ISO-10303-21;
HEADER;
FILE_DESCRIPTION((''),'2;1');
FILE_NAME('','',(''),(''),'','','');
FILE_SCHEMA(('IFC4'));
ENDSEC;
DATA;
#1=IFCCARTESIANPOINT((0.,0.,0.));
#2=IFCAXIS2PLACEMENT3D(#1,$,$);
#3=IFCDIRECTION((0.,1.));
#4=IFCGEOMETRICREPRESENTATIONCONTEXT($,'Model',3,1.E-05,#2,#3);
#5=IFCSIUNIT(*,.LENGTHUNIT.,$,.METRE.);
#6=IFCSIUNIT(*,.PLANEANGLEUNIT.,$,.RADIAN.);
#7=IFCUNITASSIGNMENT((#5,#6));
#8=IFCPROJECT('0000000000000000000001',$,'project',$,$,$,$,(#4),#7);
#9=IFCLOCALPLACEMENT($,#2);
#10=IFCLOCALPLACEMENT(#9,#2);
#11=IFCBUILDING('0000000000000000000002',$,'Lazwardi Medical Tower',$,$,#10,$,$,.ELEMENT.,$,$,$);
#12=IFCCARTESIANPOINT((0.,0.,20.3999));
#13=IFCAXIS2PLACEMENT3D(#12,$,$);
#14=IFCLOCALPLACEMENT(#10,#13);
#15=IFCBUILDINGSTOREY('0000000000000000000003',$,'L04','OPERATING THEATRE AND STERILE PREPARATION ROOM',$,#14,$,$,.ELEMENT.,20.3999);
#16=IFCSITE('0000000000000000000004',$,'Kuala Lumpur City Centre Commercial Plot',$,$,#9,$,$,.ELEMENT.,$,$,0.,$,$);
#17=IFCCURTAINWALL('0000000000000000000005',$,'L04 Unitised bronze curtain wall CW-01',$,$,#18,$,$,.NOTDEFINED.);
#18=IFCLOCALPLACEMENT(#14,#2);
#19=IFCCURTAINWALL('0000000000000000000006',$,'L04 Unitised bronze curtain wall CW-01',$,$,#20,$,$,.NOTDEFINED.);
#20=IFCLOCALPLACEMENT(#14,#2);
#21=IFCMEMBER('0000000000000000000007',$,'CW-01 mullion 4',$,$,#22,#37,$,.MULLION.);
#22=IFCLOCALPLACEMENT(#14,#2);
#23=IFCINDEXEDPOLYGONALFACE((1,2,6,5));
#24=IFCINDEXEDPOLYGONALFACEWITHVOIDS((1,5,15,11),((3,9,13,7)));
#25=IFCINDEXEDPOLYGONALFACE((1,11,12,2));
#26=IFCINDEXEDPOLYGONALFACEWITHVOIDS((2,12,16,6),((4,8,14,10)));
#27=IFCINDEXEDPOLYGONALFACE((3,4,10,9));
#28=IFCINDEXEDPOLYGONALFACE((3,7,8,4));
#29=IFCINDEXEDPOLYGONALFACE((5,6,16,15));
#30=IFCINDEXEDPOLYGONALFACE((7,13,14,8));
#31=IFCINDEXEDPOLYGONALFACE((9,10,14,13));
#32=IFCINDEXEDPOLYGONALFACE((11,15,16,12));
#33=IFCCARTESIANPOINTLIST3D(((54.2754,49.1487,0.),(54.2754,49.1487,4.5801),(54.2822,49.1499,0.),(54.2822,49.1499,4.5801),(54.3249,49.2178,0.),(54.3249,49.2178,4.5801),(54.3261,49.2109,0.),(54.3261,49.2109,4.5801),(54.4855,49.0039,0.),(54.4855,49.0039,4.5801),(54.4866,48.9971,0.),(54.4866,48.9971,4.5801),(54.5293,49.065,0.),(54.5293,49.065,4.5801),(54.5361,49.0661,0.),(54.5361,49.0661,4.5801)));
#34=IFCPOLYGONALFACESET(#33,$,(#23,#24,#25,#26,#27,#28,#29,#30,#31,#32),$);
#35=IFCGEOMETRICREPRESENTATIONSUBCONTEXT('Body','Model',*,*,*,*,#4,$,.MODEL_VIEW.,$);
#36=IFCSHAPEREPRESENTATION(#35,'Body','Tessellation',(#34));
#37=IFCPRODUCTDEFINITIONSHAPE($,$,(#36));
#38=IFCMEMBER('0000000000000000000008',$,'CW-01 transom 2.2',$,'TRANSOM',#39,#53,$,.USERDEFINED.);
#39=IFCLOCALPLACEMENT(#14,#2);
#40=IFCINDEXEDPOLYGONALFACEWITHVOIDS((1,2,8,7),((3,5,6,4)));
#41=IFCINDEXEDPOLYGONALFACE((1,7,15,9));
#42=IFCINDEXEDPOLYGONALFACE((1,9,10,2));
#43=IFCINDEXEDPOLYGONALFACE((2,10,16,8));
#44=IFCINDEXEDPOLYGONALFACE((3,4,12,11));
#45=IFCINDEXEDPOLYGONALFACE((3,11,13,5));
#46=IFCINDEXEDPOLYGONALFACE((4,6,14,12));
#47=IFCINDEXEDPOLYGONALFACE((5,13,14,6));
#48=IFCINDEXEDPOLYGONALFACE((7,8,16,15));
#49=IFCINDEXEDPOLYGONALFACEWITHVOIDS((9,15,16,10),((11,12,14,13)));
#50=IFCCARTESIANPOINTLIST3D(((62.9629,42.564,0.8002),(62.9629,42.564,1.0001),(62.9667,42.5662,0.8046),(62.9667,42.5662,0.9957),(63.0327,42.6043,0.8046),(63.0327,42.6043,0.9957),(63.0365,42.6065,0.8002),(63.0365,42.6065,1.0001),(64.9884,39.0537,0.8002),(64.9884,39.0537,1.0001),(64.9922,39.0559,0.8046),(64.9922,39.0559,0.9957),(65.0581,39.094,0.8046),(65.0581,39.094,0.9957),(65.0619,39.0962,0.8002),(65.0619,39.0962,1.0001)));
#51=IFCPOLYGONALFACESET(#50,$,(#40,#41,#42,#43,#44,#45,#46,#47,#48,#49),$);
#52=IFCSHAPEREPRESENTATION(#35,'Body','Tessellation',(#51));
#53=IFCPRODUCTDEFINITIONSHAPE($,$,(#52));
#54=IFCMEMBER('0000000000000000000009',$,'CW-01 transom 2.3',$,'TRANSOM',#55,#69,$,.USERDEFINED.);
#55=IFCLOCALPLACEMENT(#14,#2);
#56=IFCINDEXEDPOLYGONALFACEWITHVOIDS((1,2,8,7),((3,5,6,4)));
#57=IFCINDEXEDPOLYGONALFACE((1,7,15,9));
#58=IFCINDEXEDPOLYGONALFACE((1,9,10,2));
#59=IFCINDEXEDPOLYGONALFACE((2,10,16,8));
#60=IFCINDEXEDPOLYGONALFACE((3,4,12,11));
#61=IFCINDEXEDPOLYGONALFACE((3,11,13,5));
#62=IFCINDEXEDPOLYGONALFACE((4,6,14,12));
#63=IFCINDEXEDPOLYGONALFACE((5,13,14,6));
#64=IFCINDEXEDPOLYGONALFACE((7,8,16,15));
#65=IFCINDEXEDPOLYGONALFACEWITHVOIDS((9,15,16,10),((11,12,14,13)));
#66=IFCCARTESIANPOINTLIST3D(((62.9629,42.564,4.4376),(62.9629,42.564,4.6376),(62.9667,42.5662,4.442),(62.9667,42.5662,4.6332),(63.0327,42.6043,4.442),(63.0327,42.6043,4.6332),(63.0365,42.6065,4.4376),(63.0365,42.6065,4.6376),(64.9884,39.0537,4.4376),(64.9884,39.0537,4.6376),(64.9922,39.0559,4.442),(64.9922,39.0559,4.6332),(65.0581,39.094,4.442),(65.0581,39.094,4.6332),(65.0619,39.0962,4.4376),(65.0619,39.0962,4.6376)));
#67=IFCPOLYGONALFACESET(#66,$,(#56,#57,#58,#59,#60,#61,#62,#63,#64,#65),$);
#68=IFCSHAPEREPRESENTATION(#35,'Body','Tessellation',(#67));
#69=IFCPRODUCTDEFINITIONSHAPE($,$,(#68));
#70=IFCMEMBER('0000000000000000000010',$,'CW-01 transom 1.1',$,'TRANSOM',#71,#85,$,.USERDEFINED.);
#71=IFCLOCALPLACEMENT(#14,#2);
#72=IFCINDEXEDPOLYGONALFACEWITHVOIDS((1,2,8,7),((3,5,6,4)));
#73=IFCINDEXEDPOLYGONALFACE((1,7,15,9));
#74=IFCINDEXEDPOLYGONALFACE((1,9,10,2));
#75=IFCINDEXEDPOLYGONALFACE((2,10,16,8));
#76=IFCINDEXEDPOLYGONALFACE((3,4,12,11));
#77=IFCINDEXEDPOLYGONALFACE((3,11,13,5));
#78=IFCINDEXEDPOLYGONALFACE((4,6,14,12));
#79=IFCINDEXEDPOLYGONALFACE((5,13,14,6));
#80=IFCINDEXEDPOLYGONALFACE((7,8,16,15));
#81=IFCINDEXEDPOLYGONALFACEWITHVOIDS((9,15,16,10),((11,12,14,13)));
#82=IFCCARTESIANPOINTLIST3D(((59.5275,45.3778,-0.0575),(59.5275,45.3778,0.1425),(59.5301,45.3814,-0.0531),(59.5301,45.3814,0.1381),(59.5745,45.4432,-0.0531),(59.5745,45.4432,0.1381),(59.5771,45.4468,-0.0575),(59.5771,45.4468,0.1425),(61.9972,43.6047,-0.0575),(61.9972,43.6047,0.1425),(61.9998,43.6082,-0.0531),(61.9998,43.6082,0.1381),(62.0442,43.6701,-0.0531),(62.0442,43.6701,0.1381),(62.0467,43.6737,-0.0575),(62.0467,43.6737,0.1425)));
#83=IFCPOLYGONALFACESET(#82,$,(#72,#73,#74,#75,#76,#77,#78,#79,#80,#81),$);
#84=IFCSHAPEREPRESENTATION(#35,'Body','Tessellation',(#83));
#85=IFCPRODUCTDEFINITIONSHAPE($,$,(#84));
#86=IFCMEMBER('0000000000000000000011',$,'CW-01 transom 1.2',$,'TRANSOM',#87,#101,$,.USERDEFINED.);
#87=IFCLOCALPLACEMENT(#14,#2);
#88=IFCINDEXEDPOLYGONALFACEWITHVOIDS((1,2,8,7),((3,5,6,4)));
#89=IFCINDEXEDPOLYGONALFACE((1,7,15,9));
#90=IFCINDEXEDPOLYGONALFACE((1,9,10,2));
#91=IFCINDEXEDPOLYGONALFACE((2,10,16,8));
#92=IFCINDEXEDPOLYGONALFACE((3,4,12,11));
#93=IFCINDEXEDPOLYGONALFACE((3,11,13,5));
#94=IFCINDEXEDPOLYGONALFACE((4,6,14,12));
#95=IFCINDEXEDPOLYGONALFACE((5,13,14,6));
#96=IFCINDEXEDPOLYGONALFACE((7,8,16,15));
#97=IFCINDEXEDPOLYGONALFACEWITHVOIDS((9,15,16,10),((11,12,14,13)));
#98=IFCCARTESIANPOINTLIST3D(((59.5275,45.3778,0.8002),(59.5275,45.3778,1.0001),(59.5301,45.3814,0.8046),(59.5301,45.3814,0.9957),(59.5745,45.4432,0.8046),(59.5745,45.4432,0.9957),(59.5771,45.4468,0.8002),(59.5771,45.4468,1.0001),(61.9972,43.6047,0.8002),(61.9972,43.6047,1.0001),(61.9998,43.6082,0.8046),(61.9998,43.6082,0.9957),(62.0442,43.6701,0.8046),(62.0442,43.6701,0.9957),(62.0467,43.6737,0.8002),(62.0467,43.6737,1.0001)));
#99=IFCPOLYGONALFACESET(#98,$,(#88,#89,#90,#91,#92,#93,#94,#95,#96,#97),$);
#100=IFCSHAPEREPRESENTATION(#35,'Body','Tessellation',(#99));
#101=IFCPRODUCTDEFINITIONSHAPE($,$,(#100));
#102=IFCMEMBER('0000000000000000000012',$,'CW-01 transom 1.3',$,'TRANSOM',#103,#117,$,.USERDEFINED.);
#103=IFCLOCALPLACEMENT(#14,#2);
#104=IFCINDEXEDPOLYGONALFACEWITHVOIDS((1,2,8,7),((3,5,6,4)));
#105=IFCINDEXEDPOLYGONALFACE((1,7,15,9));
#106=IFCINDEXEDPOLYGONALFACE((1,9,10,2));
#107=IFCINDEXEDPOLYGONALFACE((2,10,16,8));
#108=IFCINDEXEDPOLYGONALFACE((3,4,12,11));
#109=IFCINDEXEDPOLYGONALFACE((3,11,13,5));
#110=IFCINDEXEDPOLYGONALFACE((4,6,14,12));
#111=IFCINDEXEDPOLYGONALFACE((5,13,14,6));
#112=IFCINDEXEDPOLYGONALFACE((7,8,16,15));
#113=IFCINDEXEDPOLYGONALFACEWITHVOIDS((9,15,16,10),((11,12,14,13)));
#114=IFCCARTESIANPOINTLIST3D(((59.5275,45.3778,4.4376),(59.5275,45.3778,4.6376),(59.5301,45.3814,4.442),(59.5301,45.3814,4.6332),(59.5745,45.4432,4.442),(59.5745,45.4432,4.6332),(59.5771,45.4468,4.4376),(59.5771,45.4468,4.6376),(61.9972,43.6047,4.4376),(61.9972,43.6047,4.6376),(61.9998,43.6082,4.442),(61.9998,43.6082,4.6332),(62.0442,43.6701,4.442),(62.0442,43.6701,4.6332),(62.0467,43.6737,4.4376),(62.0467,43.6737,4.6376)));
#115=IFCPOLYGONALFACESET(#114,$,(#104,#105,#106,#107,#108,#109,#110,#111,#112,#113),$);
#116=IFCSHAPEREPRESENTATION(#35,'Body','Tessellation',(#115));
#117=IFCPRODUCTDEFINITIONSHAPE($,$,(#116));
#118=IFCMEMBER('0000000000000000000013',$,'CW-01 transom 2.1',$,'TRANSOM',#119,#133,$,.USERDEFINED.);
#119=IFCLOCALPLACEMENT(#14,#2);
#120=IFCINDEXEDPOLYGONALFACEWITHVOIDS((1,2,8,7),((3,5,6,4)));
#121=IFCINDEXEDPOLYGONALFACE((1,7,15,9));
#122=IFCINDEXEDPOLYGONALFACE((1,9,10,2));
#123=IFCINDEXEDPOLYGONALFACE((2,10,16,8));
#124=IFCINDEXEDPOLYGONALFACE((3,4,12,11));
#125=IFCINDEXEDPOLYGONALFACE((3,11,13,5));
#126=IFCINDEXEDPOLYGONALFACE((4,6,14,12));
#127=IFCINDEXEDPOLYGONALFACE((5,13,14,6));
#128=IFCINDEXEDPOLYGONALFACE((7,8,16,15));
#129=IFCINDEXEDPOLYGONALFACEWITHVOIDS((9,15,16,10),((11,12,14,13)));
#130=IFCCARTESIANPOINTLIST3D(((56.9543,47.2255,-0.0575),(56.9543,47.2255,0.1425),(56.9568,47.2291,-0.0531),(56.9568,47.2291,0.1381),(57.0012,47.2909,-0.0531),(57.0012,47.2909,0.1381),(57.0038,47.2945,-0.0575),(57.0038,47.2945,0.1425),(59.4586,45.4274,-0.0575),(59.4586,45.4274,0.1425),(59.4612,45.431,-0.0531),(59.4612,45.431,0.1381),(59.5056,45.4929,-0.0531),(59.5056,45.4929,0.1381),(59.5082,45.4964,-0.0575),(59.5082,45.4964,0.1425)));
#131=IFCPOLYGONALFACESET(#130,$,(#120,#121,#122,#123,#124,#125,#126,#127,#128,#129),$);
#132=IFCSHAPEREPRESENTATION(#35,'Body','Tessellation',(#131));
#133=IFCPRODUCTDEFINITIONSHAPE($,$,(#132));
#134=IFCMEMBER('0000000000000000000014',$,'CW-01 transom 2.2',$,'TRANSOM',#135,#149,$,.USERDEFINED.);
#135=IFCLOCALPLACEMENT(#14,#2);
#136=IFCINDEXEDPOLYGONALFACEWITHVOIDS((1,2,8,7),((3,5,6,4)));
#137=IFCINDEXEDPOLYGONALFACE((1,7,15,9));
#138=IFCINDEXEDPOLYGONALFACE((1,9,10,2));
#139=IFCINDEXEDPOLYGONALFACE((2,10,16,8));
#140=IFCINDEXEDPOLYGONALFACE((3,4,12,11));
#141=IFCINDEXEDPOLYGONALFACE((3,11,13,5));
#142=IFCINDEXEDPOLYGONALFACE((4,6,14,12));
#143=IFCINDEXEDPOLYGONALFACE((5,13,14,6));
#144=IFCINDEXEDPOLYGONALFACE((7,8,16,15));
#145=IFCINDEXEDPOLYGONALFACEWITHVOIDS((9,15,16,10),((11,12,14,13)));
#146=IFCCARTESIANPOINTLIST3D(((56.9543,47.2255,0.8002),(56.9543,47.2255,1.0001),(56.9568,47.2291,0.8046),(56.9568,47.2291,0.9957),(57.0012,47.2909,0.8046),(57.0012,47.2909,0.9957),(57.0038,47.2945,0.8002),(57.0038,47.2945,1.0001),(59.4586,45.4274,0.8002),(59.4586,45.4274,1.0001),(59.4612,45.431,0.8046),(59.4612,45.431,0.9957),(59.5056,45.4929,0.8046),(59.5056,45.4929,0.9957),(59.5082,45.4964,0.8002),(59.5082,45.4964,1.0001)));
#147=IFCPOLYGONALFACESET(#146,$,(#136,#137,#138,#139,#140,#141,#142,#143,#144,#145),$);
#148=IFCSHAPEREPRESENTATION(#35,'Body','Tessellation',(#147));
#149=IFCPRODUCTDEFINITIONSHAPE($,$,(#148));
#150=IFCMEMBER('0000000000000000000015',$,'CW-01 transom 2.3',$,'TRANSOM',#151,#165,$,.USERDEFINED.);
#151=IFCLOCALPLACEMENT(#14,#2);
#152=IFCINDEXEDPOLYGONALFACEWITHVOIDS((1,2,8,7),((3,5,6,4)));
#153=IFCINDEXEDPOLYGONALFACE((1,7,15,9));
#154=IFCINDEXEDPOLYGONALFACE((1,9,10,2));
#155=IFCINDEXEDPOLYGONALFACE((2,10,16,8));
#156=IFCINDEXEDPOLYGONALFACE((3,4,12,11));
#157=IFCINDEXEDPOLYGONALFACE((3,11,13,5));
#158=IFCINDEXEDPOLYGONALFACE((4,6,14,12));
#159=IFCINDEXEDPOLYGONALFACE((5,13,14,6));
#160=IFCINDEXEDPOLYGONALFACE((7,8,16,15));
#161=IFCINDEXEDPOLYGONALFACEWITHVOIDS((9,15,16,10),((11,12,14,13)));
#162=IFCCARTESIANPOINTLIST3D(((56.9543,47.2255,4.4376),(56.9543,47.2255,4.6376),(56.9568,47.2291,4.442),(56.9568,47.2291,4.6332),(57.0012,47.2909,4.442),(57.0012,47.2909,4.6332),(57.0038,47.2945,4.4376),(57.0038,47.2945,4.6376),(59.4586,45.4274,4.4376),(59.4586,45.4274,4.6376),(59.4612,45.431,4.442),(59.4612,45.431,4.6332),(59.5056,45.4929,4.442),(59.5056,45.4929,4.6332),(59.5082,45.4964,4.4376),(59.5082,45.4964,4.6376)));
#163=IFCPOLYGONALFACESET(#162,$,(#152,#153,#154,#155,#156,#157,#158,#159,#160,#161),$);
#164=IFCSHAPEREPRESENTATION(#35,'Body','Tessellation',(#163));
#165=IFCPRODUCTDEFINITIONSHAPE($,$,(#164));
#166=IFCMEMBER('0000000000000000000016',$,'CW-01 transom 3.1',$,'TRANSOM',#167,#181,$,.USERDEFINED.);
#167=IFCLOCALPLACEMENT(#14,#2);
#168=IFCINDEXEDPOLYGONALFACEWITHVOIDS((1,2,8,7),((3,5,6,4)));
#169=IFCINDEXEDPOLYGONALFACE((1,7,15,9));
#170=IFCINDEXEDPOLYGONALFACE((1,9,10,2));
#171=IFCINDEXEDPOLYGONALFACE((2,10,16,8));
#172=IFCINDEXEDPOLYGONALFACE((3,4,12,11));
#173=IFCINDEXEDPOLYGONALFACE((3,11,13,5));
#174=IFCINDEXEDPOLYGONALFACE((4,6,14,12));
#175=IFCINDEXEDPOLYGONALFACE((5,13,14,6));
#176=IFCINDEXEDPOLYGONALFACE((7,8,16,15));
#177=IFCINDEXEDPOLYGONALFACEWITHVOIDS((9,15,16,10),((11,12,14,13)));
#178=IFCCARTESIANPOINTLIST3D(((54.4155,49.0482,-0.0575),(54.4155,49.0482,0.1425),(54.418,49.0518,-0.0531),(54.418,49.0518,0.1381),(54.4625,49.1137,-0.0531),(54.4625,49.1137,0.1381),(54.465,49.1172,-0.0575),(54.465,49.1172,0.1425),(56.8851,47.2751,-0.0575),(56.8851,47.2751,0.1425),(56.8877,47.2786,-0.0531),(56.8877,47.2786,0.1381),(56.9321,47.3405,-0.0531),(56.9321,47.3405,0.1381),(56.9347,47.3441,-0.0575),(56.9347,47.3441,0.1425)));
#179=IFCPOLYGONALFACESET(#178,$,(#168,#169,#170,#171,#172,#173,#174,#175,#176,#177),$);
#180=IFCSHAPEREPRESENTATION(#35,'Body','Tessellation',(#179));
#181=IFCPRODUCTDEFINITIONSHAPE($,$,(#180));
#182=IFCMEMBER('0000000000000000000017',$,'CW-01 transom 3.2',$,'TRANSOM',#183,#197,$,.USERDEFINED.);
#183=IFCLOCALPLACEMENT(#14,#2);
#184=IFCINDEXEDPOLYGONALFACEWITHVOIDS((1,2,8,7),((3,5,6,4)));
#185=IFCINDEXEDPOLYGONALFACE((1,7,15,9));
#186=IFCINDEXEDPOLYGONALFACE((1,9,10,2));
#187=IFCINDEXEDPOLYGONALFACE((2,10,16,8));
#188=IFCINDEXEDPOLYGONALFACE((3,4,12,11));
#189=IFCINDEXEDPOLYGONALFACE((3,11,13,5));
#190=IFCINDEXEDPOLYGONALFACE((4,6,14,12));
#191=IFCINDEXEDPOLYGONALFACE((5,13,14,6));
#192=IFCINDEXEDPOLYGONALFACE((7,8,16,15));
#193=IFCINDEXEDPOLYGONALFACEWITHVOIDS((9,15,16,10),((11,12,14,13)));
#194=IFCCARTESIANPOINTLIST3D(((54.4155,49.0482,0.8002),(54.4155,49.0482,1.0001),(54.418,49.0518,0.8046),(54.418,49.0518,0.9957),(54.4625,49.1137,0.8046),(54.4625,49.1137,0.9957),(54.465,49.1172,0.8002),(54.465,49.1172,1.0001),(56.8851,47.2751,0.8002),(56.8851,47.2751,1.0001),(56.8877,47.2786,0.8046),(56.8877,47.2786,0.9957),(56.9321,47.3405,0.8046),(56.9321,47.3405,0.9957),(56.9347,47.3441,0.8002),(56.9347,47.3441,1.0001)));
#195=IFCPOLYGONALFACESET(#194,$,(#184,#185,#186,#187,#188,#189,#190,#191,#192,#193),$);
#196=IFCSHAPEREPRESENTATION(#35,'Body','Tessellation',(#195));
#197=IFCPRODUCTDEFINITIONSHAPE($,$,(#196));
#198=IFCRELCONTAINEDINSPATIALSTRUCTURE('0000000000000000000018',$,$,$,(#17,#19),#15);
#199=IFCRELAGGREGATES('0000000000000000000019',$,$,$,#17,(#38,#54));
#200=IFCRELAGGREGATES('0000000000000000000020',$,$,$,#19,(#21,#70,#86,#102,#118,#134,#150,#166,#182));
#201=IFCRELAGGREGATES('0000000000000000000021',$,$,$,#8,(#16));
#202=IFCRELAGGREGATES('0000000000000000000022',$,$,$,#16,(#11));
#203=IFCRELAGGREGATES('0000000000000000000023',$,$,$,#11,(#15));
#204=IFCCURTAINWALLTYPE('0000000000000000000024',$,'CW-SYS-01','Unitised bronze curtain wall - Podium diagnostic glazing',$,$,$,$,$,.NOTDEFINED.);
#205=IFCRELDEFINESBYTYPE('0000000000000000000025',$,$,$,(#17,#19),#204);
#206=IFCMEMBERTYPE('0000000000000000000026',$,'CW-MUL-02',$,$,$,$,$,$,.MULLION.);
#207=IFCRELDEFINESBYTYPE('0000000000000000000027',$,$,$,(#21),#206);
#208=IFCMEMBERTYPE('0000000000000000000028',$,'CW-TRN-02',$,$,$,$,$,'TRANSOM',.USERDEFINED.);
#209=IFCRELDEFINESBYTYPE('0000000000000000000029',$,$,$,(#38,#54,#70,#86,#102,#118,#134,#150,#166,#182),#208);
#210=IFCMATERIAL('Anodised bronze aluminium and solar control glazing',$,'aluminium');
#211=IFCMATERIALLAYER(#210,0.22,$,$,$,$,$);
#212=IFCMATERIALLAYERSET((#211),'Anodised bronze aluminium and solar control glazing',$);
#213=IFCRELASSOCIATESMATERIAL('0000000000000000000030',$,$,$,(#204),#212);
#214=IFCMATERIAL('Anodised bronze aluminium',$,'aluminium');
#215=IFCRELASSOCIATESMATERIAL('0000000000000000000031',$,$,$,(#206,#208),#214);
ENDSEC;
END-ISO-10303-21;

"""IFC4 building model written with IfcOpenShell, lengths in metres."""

from ifc_helpers import new_model, si_unit, direction, frame, origin, origin_2d, place, context, subcontext, project, spatial, hollow_rectangle, extrude, material, layer, layer_set, material_profile, profile_set, type_object, element, aggregate, save


model = new_model("IFC4")

# Units and contexts
model_context = context("Model", 3, precision=1e-05, world=origin(), true_north=direction((0.0, 1.0)))
body_context = subcontext(model_context, "Body", "Model", "MODEL_VIEW")
ifc_project = project(units=[si_unit("LENGTHUNIT", "METRE"), si_unit("PLANEANGLEUNIT", "RADIAN")], contexts=[model_context])

# Site, building, storey
site_placement = place(None, origin())
site = spatial("IfcSite", under=ifc_project, at=site_placement, Name="Kuala Lumpur City Centre Commercial Plot", CompositionType="ELEMENT", RefElevation=0.0)
building_placement = place(site_placement, origin())
building = spatial("IfcBuilding", under=site, at=building_placement, Name="Lazwardi Medical Tower", CompositionType="ELEMENT")
storey_placement = place(building_placement, frame((0.0, 0.0, 20.3999)))
storey = spatial("IfcBuildingStorey", under=building, at=storey_placement, Name="L04", Description="OPERATING THEATRE AND STERILE PREPARATION ROOM", CompositionType="ELEMENT", Elevation=20.3999)

# Curtain wall
ifc_material_1 = material(Name="Anodised bronze aluminium and solar control glazing", Category="aluminium")
ifc_layer_1 = layer(ifc_material_1, 0.22)
ifc_layer_set_1 = layer_set([ifc_layer_1], Name="Anodised bronze aluminium and solar control glazing")
curtain_wall_type = type_object("IfcCurtainWallType", Name="CW-SYS-01", Description="Unitised bronze curtain wall - Podium diagnostic glazing", PredefinedType="NOTDEFINED", material=ifc_layer_set_1)
curtain_wall_1_placement = place(storey_placement, origin())
curtain_wall_1 = element("IfcCurtainWall", 1, at=curtain_wall_1_placement, inside=storey, type_object=curtain_wall_type, Name="L04 Unitised bronze curtain wall CW-01", PredefinedType="NOTDEFINED")
ifc_material_2 = material(Name="Anodised bronze aluminium", Category="aluminium")
ifc_material_profile_1 = material_profile(ifc_material_2, hollow_rectangle(XDim=0.085, YDim=0.26, WallThickness=0.0049, at=origin_2d()), Name="ALU-MULLION 260x85x5")
ifc_profile_set_1 = profile_set([ifc_material_profile_1], Name="Anodised bronze aluminium")
member_type_1 = type_object("IfcMemberType", Name="CW-MUL-02", PredefinedType="MULLION", material=ifc_profile_set_1)

# Curtain wall, member
curtain_wall_2_placement = place(storey_placement, origin())
curtain_wall_2 = element("IfcCurtainWall", 2, at=curtain_wall_2_placement, inside=storey, type_object=curtain_wall_type, Name="L04 Unitised bronze curtain wall CW-01", PredefinedType="NOTDEFINED")
member_1_placement = place(storey_placement, frame((54.4058, 49.1074, 0.0), z_axis=(0.0, 0.0, 1.0), x_axis=(-0.583214, -0.812318, 0.0)))
member_1 = element("IfcMember", 3, at=member_1_placement, type_object=member_type_1, Name="CW-01 mullion 4", PredefinedType="MULLION", context=body_context, shape_type="SweptSolid", body=[
    extrude(hollow_rectangle(XDim=0.085, YDim=0.26, WallThickness=0.0049, at=origin_2d()), origin(), (0.0, 0.0, 1.0), 4.5801),
])

# Members
ifc_material_profile_2 = material_profile(ifc_material_2, hollow_rectangle(XDim=0.085, YDim=0.2, WallThickness=0.0044, at=origin_2d()), Name="ALU-TRANSOM 200x85x4.5")
ifc_profile_set_2 = profile_set([ifc_material_profile_2], Name="Anodised bronze aluminium")
member_type_2 = type_object("IfcMemberType", Name="CW-TRN-02", ElementType="TRANSOM", PredefinedType="USERDEFINED", material=ifc_profile_set_2)
member_2_placement = place(storey_placement, frame((65.0251, 39.075, 0.9001), z_axis=(-0.499768, 0.86616, 0.0), x_axis=(-0.86616, -0.499768, 0.0)))
member_2 = element("IfcMember", 4, at=member_2_placement, type_object=member_type_2, Name="CW-01 transom 2.2", ObjectType="TRANSOM", PredefinedType="USERDEFINED", context=body_context, shape_type="SweptSolid", body=[
    extrude(hollow_rectangle(XDim=0.085, YDim=0.2, WallThickness=0.0044, at=origin_2d()), origin(), (0.0, 0.0, 1.0), 4.0527),
])
member_3_placement = place(storey_placement, frame((65.0251, 39.075, 4.5376), z_axis=(-0.499768, 0.86616, 0.0), x_axis=(-0.86616, -0.499768, 0.0)))
member_3 = element("IfcMember", 5, at=member_3_placement, type_object=member_type_2, Name="CW-01 transom 2.3", ObjectType="TRANSOM", PredefinedType="USERDEFINED", context=body_context, shape_type="SweptSolid", body=[
    extrude(hollow_rectangle(XDim=0.085, YDim=0.2, WallThickness=0.0044, at=origin_2d()), origin(), (0.0, 0.0, 1.0), 4.0527),
])
member_4_placement = place(storey_placement, frame((62.022, 43.6392, 0.0425), z_axis=(-0.812315, 0.583219, 0.0), x_axis=(-0.583219, -0.812315, 0.0)))
member_4 = element("IfcMember", 6, at=member_4_placement, type_object=member_type_2, Name="CW-01 transom 1.1", ObjectType="TRANSOM", PredefinedType="USERDEFINED", context=body_context, shape_type="SweptSolid", body=[
    extrude(hollow_rectangle(XDim=0.085, YDim=0.2, WallThickness=0.0044, at=origin_2d()), origin(), (0.0, 0.0, 1.0), 3.0403),
])
member_5_placement = place(storey_placement, frame((62.022, 43.6392, 0.9001), z_axis=(-0.812315, 0.583219, 0.0), x_axis=(-0.583219, -0.812315, 0.0)))
member_5 = element("IfcMember", 7, at=member_5_placement, type_object=member_type_2, Name="CW-01 transom 1.2", ObjectType="TRANSOM", PredefinedType="USERDEFINED", context=body_context, shape_type="SweptSolid", body=[
    extrude(hollow_rectangle(XDim=0.085, YDim=0.2, WallThickness=0.0044, at=origin_2d()), origin(), (0.0, 0.0, 1.0), 3.0403),
])
member_6_placement = place(storey_placement, frame((62.022, 43.6392, 4.5376), z_axis=(-0.812315, 0.583219, 0.0), x_axis=(-0.583219, -0.812315, 0.0)))
member_6 = element("IfcMember", 8, at=member_6_placement, type_object=member_type_2, Name="CW-01 transom 1.3", ObjectType="TRANSOM", PredefinedType="USERDEFINED", context=body_context, shape_type="SweptSolid", body=[
    extrude(hollow_rectangle(XDim=0.085, YDim=0.2, WallThickness=0.0044, at=origin_2d()), origin(), (0.0, 0.0, 1.0), 3.0403),
])
member_7_placement = place(storey_placement, frame((59.4834, 45.4619, 0.0425), z_axis=(-0.812313, 0.583222, 0.0), x_axis=(-0.583222, -0.812313, 0.0)))
member_7 = element("IfcMember", 9, at=member_7_placement, type_object=member_type_2, Name="CW-01 transom 2.1", ObjectType="TRANSOM", PredefinedType="USERDEFINED", context=body_context, shape_type="SweptSolid", body=[
    extrude(hollow_rectangle(XDim=0.085, YDim=0.2, WallThickness=0.0044, at=origin_2d()), origin(), (0.0, 0.0, 1.0), 3.083),
])
member_8_placement = place(storey_placement, frame((59.4834, 45.4619, 0.9001), z_axis=(-0.812313, 0.583222, 0.0), x_axis=(-0.583222, -0.812313, 0.0)))
member_8 = element("IfcMember", 10, at=member_8_placement, type_object=member_type_2, Name="CW-01 transom 2.2", ObjectType="TRANSOM", PredefinedType="USERDEFINED", context=body_context, shape_type="SweptSolid", body=[
    extrude(hollow_rectangle(XDim=0.085, YDim=0.2, WallThickness=0.0044, at=origin_2d()), origin(), (0.0, 0.0, 1.0), 3.083),
])
member_9_placement = place(storey_placement, frame((59.4834, 45.4619, 4.5376), z_axis=(-0.812313, 0.583222, 0.0), x_axis=(-0.583222, -0.812313, 0.0)))
member_9 = element("IfcMember", 11, at=member_9_placement, type_object=member_type_2, Name="CW-01 transom 2.3", ObjectType="TRANSOM", PredefinedType="USERDEFINED", context=body_context, shape_type="SweptSolid", body=[
    extrude(hollow_rectangle(XDim=0.085, YDim=0.2, WallThickness=0.0044, at=origin_2d()), origin(), (0.0, 0.0, 1.0), 3.083),
])
member_10_placement = place(storey_placement, frame((56.9099, 47.3096, 0.0425), z_axis=(-0.812315, 0.583219, 0.0), x_axis=(-0.583219, -0.812315, 0.0)))
member_10 = element("IfcMember", 12, at=member_10_placement, type_object=member_type_2, Name="CW-01 transom 3.1", ObjectType="TRANSOM", PredefinedType="USERDEFINED", context=body_context, shape_type="SweptSolid", body=[
    extrude(hollow_rectangle(XDim=0.085, YDim=0.2, WallThickness=0.0044, at=origin_2d()), origin(), (0.0, 0.0, 1.0), 3.0403),
])
member_11_placement = place(storey_placement, frame((56.9099, 47.3096, 0.9001), z_axis=(-0.812315, 0.583219, 0.0), x_axis=(-0.583219, -0.812315, 0.0)))
member_11 = element("IfcMember", 13, at=member_11_placement, type_object=member_type_2, Name="CW-01 transom 3.2", ObjectType="TRANSOM", PredefinedType="USERDEFINED", context=body_context, shape_type="SweptSolid", body=[
    extrude(hollow_rectangle(XDim=0.085, YDim=0.2, WallThickness=0.0044, at=origin_2d()), origin(), (0.0, 0.0, 1.0), 3.0403),
])

aggregate(curtain_wall_1, [member_2, member_3])
aggregate(curtain_wall_2, [member_1, member_4, member_5, member_6, member_7, member_8, member_9, member_10, member_11])

save(model, "model.ifc")
